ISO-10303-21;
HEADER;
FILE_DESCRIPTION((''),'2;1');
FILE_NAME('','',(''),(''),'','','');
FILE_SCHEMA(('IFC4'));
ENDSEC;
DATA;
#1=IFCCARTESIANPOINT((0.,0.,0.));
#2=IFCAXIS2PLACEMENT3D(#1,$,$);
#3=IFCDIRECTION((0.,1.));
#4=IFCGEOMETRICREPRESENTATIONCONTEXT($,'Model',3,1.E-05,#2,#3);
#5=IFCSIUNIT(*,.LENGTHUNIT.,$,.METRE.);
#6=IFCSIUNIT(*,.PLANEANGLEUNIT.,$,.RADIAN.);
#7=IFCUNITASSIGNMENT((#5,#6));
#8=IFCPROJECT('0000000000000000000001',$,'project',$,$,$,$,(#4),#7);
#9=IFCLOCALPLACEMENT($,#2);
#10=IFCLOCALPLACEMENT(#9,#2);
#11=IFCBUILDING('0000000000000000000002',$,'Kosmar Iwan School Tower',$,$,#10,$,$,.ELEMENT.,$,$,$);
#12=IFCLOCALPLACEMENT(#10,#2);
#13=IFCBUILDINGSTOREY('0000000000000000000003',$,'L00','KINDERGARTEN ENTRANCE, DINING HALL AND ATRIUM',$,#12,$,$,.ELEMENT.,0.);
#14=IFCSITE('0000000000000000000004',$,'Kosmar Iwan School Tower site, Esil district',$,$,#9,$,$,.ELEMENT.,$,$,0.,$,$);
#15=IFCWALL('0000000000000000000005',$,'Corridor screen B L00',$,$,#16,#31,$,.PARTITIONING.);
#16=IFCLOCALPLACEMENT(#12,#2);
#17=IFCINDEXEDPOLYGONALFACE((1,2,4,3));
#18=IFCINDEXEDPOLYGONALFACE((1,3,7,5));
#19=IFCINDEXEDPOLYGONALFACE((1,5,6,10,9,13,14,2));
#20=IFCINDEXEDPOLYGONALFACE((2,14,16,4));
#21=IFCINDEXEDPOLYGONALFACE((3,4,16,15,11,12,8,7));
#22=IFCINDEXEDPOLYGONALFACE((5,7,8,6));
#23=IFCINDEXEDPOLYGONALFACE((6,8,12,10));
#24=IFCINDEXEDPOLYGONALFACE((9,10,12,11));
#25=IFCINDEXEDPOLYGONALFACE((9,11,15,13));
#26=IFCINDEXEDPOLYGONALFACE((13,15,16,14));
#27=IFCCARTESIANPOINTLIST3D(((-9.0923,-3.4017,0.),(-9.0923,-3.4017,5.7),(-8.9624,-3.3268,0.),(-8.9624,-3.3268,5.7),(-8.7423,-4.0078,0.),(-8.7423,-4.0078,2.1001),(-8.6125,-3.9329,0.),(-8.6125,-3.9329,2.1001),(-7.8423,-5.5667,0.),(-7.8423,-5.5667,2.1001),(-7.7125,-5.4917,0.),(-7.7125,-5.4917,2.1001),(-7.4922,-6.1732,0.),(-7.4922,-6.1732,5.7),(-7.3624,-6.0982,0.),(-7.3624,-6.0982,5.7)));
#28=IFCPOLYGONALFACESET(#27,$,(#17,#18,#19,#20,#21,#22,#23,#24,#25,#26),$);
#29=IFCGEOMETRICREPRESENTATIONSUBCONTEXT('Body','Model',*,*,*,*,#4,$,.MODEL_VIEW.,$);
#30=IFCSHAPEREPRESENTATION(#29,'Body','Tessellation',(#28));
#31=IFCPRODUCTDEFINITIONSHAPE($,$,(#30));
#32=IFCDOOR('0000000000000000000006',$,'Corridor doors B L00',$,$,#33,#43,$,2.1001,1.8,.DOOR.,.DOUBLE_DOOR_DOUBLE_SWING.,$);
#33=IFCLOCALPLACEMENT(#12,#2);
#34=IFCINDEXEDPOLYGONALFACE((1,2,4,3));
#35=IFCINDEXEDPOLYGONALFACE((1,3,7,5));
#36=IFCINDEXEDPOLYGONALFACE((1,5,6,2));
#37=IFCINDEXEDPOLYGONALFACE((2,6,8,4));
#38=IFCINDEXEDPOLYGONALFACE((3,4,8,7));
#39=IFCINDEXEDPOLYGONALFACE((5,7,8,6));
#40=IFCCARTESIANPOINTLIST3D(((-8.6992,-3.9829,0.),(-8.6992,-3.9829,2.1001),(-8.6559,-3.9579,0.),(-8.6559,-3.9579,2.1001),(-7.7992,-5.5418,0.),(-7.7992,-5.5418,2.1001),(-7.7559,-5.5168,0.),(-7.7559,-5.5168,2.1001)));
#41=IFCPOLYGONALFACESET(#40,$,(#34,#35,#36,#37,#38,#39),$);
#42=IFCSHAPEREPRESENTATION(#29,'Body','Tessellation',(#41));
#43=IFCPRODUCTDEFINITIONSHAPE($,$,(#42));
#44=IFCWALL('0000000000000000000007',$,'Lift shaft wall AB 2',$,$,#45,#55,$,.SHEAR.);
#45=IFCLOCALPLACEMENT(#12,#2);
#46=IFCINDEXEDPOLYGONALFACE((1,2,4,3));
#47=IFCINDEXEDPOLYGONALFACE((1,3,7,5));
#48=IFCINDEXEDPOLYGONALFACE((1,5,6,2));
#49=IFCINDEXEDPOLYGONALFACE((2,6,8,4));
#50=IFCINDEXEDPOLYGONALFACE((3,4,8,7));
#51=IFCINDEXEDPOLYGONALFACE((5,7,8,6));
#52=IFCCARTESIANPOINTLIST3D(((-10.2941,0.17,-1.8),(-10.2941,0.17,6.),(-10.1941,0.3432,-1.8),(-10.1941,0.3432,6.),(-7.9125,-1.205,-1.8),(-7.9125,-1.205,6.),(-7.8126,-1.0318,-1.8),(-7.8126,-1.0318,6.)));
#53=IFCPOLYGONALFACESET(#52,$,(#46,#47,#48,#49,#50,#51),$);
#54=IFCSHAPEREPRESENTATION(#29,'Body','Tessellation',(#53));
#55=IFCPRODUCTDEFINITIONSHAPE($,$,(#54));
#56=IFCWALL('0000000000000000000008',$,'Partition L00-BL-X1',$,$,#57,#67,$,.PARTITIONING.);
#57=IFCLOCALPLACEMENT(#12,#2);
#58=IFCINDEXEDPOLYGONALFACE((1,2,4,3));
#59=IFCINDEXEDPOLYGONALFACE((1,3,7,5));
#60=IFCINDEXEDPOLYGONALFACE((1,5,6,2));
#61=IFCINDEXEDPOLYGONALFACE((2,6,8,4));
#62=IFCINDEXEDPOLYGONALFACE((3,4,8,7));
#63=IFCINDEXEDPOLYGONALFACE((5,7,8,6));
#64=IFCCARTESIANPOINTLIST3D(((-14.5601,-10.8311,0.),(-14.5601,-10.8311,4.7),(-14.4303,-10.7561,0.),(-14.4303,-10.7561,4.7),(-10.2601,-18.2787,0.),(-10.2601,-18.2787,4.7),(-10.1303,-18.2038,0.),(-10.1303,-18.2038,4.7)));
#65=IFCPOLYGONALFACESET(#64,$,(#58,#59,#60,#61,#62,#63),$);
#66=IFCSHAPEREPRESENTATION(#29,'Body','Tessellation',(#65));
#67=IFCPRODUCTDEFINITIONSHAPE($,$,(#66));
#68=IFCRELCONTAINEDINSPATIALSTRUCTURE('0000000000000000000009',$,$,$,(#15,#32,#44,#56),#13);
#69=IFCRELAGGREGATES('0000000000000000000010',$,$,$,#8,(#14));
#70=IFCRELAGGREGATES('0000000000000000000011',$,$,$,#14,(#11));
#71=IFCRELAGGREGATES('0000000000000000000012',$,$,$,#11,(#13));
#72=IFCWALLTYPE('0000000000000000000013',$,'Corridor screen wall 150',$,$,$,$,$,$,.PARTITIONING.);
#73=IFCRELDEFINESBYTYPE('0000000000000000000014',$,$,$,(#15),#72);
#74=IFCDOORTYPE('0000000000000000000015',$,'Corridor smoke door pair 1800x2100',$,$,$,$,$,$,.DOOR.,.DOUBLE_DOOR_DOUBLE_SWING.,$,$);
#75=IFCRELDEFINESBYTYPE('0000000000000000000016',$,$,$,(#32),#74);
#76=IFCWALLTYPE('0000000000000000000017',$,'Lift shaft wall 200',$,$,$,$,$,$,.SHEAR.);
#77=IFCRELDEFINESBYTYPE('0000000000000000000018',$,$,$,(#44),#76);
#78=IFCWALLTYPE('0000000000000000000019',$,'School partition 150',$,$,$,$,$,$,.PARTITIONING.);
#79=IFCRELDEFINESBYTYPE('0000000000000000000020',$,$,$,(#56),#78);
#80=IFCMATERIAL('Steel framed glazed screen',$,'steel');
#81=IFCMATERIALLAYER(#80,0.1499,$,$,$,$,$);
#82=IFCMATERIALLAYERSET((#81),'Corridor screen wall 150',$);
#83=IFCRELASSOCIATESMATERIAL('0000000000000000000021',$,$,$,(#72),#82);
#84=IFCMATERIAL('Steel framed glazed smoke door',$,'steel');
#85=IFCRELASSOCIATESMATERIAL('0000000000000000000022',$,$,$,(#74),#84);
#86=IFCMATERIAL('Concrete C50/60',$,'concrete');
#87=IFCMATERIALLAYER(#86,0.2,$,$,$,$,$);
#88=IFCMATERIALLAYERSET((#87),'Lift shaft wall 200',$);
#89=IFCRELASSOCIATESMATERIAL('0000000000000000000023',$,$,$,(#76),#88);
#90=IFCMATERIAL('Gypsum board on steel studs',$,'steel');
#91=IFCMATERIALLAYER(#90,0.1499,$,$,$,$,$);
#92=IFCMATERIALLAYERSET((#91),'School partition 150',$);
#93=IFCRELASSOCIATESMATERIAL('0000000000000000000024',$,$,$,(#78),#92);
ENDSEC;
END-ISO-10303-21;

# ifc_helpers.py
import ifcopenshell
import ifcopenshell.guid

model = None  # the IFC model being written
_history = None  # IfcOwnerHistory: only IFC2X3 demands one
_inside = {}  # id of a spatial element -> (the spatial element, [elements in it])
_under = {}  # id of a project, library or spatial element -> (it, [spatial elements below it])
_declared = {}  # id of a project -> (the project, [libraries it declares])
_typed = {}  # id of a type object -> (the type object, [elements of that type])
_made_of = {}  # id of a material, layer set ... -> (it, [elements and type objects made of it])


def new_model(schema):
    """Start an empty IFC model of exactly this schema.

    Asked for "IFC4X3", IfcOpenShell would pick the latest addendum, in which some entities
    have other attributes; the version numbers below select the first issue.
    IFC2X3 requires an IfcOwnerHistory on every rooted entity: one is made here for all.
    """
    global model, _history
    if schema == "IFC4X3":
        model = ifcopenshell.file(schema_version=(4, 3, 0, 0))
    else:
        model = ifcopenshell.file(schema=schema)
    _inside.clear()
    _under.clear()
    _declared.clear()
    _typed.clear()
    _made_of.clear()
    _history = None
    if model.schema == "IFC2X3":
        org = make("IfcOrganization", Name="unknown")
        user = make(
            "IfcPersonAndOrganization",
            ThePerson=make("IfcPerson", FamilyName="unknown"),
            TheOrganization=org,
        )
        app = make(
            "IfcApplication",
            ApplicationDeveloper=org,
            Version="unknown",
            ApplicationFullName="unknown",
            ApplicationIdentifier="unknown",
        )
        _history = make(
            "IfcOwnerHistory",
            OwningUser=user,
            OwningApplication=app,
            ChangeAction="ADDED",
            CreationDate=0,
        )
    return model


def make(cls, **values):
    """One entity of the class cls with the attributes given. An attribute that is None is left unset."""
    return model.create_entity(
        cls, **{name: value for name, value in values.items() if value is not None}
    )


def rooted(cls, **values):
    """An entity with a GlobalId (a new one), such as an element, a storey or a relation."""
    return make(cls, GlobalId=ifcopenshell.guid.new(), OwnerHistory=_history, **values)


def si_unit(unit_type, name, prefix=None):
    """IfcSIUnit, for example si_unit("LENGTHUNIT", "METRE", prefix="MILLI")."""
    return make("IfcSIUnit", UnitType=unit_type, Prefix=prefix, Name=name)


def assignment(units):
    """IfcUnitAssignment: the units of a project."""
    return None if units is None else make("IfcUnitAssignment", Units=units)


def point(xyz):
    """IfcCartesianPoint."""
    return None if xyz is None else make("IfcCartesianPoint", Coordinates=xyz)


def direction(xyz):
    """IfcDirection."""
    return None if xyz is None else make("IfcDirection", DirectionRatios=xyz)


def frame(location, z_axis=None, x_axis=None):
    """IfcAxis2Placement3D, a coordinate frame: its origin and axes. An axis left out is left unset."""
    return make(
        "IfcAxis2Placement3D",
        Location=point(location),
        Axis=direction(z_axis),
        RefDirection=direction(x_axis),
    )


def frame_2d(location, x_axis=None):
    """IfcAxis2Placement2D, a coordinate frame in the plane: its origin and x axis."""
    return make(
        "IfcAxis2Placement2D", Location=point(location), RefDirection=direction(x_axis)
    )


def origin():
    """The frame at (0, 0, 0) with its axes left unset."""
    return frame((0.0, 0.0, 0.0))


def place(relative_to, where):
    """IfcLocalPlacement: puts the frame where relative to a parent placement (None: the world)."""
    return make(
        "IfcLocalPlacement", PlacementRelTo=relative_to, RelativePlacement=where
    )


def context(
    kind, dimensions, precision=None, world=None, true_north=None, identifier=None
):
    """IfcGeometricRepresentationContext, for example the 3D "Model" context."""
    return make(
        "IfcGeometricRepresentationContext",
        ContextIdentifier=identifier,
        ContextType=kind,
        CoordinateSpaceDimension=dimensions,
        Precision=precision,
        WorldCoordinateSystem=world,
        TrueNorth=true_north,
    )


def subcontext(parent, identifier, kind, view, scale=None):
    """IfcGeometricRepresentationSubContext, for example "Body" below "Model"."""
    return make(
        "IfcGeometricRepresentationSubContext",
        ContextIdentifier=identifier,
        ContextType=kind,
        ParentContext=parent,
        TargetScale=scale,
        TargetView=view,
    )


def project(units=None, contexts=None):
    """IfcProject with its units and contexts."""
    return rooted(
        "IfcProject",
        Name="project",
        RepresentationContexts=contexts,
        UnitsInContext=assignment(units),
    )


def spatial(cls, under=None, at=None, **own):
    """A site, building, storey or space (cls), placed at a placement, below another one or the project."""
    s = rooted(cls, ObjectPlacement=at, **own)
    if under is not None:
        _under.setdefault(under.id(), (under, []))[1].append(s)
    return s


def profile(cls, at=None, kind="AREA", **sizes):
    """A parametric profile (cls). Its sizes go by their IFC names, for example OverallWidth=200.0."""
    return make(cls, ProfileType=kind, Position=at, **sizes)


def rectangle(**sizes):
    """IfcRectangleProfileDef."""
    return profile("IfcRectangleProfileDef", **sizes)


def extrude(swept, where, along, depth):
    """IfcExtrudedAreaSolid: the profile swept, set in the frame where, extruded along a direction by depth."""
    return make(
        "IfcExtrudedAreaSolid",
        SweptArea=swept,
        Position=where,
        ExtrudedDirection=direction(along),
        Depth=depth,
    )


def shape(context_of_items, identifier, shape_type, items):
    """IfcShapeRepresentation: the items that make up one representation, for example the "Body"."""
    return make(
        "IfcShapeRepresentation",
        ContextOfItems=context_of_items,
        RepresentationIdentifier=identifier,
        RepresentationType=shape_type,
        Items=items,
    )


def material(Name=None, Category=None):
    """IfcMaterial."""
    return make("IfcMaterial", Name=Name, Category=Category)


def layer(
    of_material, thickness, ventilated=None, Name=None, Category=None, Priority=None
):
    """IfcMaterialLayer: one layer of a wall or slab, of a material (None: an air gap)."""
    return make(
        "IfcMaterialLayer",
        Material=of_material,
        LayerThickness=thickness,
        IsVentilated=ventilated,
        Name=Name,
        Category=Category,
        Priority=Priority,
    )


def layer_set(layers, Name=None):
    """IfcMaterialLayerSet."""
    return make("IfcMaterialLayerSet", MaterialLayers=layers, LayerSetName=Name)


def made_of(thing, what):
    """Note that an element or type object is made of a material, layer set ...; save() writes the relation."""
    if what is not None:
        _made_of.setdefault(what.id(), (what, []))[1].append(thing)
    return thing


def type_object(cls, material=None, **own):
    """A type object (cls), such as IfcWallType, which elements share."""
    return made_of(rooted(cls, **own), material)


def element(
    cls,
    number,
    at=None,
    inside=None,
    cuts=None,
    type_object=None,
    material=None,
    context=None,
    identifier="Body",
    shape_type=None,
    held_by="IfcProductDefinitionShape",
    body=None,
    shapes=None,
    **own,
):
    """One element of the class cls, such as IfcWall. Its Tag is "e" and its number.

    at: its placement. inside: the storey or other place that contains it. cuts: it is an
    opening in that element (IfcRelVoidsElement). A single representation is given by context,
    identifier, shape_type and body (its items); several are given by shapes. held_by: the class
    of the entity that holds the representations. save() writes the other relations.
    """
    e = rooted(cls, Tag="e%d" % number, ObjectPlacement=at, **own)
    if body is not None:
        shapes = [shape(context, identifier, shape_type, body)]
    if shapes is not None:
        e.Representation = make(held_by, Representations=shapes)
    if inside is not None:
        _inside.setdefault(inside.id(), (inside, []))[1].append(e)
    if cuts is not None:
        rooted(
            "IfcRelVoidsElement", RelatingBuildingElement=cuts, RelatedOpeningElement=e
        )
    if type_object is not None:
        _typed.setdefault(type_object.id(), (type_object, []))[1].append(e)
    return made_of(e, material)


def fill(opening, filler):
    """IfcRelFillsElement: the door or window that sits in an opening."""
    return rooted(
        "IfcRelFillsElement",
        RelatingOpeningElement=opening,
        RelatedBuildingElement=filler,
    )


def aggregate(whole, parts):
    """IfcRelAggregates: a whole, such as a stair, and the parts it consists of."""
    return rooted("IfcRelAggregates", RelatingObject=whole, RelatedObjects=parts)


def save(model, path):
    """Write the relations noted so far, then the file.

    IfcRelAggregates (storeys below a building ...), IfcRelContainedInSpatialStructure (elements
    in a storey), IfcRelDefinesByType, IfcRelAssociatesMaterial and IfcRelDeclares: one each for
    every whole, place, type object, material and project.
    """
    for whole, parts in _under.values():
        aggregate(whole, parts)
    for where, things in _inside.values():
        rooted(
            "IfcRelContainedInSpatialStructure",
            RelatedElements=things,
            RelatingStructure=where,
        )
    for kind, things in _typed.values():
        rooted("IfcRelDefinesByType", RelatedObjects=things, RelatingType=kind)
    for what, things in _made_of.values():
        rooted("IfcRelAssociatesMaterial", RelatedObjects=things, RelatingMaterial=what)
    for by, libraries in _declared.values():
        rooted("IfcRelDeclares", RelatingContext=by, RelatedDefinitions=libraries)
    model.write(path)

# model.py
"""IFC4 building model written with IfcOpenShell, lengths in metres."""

from ifc_helpers import new_model, si_unit, direction, frame, frame_2d, origin, place, context, subcontext, project, spatial, rectangle, extrude, material, layer, layer_set, type_object, element, fill, save


model = new_model("IFC4")

# Units and contexts
model_context = context("Model", 3, precision=1e-05, world=origin(), true_north=direction((0.0, 1.0)))
body_context = subcontext(model_context, "Body", "Model", "MODEL_VIEW")
ifc_project = project(units=[si_unit("LENGTHUNIT", "METRE"), si_unit("PLANEANGLEUNIT", "RADIAN")], contexts=[model_context])

# Site, building, storey
site_placement = place(None, origin())
site = spatial("IfcSite", under=ifc_project, at=site_placement, Name="Kosmar Iwan School Tower site, Esil district", CompositionType="ELEMENT", RefElevation=0.0)
building_placement = place(site_placement, origin())
building = spatial("IfcBuilding", under=site, at=building_placement, Name="Kosmar Iwan School Tower", CompositionType="ELEMENT")
storey_placement = place(building_placement, origin())
storey = spatial("IfcBuildingStorey", under=building, at=storey_placement, Name="L00", Description="KINDERGARTEN ENTRANCE, DINING HALL AND ATRIUM", CompositionType="ELEMENT", Elevation=0.0)

# Wall, opening, door
ifc_material_1 = material(Name="Steel framed glazed screen", Category="steel")
ifc_layer_1 = layer(ifc_material_1, 0.1499)
ifc_layer_set_1 = layer_set([ifc_layer_1], Name="Corridor screen wall 150")
wall_type_1 = type_object("IfcWallType", Name="Corridor screen wall 150", PredefinedType="PARTITIONING", material=ifc_layer_set_1)
wall_1_placement = place(storey_placement, frame((-9.0273, -3.3643, 0.0), z_axis=(0.0, 0.0, 1.0), x_axis=(0.499995, -0.866028, 0.0)))
wall_1 = element("IfcWall", 1, at=wall_1_placement, inside=storey, type_object=wall_type_1, Name="Corridor screen B L00", PredefinedType="PARTITIONING", context=body_context, shape_type="SweptSolid", body=[
    extrude(rectangle(XDim=3.2002, YDim=0.1499, at=frame_2d((1.6001, 0.0))), origin(), (0.0, 0.0, 1.0), 5.7),
])
opening_1_placement = place(wall_1_placement, frame((0.7, 0.0, 0.0)))
opening_1 = element("IfcOpeningElement", 2, at=opening_1_placement, cuts=wall_1, PredefinedType="OPENING", context=body_context, shape_type="SweptSolid", body=[
    extrude(rectangle(XDim=1.8, YDim=2.1001, at=frame_2d((0.8999, 1.05))), frame((0.0, 0.0869, 0.0), z_axis=(0.0, -1.0, 0.0), x_axis=(1.0, 0.0, 0.0)), (0.0, 0.0, 1.0), 0.1738),
])
ifc_material_2 = material(Name="Steel framed glazed smoke door", Category="steel")
door_type_1 = type_object("IfcDoorType", Name="Corridor smoke door pair 1800x2100", OperationType="DOUBLE_DOOR_DOUBLE_SWING", PredefinedType="DOOR", material=ifc_material_2)
door_1_placement = place(opening_1_placement, origin())
door_1 = element("IfcDoor", 3, at=door_1_placement, inside=storey, type_object=door_type_1, Name="Corridor doors B L00", OperationType="DOUBLE_DOOR_DOUBLE_SWING", OverallHeight=2.1001, OverallWidth=1.8, PredefinedType="DOOR", context=body_context, shape_type="SweptSolid", body=[
    extrude(rectangle(XDim=1.8, YDim=2.1001, at=frame_2d((0.8999, 1.05))), frame((0.0, 0.0249, 0.0), z_axis=(0.0, -1.0, 0.0), x_axis=(1.0, 0.0, 0.0)), (0.0, 0.0, 1.0), 0.05),
])
fill(opening_1, door_1)

# Walls
ifc_material_3 = material(Name="Concrete C50/60", Category="concrete")
ifc_layer_2 = layer(ifc_material_3, 0.2)
ifc_layer_set_2 = layer_set([ifc_layer_2], Name="Lift shaft wall 200")
wall_type_2 = type_object("IfcWallType", Name="Lift shaft wall 200", PredefinedType="SHEAR", material=ifc_layer_set_2)
wall_2_placement = place(storey_placement, frame((-7.8625, -1.1184, -1.8), z_axis=(0.0, 0.0, 1.0), x_axis=(-0.866027, 0.499997, 0.0)))
element("IfcWall", 4, at=wall_2_placement, inside=storey, type_object=wall_type_2, Name="Lift shaft wall AB 2", PredefinedType="SHEAR", context=body_context, shape_type="SweptSolid", body=[
    extrude(rectangle(XDim=2.75, YDim=0.2, at=frame_2d((1.375, 0.0))), origin(), (0.0, 0.0, 1.0), 7.8),
])
ifc_material_4 = material(Name="Gypsum board on steel studs", Category="steel")
ifc_layer_3 = layer(ifc_material_4, 0.1499)
ifc_layer_set_3 = layer_set([ifc_layer_3], Name="School partition 150")
wall_type_3 = type_object("IfcWallType", Name="School partition 150", PredefinedType="PARTITIONING", material=ifc_layer_set_3)
wall_3_placement = place(storey_placement, frame((-14.4951, -10.7937, 0.0), z_axis=(0.0, 0.0, 1.0), x_axis=(0.500008, -0.866021, 0.0)))
element("IfcWall", 5, at=wall_3_placement, inside=storey, type_object=wall_type_3, Name="Partition L00-BL-X1", PredefinedType="PARTITIONING", context=body_context, shape_type="SweptSolid", body=[
    extrude(rectangle(XDim=8.5999, YDim=0.1499, at=frame_2d((4.2998, 0.0))), origin(), (0.0, 0.0, 1.0), 4.7),
])

save(model, "model.ifc")
